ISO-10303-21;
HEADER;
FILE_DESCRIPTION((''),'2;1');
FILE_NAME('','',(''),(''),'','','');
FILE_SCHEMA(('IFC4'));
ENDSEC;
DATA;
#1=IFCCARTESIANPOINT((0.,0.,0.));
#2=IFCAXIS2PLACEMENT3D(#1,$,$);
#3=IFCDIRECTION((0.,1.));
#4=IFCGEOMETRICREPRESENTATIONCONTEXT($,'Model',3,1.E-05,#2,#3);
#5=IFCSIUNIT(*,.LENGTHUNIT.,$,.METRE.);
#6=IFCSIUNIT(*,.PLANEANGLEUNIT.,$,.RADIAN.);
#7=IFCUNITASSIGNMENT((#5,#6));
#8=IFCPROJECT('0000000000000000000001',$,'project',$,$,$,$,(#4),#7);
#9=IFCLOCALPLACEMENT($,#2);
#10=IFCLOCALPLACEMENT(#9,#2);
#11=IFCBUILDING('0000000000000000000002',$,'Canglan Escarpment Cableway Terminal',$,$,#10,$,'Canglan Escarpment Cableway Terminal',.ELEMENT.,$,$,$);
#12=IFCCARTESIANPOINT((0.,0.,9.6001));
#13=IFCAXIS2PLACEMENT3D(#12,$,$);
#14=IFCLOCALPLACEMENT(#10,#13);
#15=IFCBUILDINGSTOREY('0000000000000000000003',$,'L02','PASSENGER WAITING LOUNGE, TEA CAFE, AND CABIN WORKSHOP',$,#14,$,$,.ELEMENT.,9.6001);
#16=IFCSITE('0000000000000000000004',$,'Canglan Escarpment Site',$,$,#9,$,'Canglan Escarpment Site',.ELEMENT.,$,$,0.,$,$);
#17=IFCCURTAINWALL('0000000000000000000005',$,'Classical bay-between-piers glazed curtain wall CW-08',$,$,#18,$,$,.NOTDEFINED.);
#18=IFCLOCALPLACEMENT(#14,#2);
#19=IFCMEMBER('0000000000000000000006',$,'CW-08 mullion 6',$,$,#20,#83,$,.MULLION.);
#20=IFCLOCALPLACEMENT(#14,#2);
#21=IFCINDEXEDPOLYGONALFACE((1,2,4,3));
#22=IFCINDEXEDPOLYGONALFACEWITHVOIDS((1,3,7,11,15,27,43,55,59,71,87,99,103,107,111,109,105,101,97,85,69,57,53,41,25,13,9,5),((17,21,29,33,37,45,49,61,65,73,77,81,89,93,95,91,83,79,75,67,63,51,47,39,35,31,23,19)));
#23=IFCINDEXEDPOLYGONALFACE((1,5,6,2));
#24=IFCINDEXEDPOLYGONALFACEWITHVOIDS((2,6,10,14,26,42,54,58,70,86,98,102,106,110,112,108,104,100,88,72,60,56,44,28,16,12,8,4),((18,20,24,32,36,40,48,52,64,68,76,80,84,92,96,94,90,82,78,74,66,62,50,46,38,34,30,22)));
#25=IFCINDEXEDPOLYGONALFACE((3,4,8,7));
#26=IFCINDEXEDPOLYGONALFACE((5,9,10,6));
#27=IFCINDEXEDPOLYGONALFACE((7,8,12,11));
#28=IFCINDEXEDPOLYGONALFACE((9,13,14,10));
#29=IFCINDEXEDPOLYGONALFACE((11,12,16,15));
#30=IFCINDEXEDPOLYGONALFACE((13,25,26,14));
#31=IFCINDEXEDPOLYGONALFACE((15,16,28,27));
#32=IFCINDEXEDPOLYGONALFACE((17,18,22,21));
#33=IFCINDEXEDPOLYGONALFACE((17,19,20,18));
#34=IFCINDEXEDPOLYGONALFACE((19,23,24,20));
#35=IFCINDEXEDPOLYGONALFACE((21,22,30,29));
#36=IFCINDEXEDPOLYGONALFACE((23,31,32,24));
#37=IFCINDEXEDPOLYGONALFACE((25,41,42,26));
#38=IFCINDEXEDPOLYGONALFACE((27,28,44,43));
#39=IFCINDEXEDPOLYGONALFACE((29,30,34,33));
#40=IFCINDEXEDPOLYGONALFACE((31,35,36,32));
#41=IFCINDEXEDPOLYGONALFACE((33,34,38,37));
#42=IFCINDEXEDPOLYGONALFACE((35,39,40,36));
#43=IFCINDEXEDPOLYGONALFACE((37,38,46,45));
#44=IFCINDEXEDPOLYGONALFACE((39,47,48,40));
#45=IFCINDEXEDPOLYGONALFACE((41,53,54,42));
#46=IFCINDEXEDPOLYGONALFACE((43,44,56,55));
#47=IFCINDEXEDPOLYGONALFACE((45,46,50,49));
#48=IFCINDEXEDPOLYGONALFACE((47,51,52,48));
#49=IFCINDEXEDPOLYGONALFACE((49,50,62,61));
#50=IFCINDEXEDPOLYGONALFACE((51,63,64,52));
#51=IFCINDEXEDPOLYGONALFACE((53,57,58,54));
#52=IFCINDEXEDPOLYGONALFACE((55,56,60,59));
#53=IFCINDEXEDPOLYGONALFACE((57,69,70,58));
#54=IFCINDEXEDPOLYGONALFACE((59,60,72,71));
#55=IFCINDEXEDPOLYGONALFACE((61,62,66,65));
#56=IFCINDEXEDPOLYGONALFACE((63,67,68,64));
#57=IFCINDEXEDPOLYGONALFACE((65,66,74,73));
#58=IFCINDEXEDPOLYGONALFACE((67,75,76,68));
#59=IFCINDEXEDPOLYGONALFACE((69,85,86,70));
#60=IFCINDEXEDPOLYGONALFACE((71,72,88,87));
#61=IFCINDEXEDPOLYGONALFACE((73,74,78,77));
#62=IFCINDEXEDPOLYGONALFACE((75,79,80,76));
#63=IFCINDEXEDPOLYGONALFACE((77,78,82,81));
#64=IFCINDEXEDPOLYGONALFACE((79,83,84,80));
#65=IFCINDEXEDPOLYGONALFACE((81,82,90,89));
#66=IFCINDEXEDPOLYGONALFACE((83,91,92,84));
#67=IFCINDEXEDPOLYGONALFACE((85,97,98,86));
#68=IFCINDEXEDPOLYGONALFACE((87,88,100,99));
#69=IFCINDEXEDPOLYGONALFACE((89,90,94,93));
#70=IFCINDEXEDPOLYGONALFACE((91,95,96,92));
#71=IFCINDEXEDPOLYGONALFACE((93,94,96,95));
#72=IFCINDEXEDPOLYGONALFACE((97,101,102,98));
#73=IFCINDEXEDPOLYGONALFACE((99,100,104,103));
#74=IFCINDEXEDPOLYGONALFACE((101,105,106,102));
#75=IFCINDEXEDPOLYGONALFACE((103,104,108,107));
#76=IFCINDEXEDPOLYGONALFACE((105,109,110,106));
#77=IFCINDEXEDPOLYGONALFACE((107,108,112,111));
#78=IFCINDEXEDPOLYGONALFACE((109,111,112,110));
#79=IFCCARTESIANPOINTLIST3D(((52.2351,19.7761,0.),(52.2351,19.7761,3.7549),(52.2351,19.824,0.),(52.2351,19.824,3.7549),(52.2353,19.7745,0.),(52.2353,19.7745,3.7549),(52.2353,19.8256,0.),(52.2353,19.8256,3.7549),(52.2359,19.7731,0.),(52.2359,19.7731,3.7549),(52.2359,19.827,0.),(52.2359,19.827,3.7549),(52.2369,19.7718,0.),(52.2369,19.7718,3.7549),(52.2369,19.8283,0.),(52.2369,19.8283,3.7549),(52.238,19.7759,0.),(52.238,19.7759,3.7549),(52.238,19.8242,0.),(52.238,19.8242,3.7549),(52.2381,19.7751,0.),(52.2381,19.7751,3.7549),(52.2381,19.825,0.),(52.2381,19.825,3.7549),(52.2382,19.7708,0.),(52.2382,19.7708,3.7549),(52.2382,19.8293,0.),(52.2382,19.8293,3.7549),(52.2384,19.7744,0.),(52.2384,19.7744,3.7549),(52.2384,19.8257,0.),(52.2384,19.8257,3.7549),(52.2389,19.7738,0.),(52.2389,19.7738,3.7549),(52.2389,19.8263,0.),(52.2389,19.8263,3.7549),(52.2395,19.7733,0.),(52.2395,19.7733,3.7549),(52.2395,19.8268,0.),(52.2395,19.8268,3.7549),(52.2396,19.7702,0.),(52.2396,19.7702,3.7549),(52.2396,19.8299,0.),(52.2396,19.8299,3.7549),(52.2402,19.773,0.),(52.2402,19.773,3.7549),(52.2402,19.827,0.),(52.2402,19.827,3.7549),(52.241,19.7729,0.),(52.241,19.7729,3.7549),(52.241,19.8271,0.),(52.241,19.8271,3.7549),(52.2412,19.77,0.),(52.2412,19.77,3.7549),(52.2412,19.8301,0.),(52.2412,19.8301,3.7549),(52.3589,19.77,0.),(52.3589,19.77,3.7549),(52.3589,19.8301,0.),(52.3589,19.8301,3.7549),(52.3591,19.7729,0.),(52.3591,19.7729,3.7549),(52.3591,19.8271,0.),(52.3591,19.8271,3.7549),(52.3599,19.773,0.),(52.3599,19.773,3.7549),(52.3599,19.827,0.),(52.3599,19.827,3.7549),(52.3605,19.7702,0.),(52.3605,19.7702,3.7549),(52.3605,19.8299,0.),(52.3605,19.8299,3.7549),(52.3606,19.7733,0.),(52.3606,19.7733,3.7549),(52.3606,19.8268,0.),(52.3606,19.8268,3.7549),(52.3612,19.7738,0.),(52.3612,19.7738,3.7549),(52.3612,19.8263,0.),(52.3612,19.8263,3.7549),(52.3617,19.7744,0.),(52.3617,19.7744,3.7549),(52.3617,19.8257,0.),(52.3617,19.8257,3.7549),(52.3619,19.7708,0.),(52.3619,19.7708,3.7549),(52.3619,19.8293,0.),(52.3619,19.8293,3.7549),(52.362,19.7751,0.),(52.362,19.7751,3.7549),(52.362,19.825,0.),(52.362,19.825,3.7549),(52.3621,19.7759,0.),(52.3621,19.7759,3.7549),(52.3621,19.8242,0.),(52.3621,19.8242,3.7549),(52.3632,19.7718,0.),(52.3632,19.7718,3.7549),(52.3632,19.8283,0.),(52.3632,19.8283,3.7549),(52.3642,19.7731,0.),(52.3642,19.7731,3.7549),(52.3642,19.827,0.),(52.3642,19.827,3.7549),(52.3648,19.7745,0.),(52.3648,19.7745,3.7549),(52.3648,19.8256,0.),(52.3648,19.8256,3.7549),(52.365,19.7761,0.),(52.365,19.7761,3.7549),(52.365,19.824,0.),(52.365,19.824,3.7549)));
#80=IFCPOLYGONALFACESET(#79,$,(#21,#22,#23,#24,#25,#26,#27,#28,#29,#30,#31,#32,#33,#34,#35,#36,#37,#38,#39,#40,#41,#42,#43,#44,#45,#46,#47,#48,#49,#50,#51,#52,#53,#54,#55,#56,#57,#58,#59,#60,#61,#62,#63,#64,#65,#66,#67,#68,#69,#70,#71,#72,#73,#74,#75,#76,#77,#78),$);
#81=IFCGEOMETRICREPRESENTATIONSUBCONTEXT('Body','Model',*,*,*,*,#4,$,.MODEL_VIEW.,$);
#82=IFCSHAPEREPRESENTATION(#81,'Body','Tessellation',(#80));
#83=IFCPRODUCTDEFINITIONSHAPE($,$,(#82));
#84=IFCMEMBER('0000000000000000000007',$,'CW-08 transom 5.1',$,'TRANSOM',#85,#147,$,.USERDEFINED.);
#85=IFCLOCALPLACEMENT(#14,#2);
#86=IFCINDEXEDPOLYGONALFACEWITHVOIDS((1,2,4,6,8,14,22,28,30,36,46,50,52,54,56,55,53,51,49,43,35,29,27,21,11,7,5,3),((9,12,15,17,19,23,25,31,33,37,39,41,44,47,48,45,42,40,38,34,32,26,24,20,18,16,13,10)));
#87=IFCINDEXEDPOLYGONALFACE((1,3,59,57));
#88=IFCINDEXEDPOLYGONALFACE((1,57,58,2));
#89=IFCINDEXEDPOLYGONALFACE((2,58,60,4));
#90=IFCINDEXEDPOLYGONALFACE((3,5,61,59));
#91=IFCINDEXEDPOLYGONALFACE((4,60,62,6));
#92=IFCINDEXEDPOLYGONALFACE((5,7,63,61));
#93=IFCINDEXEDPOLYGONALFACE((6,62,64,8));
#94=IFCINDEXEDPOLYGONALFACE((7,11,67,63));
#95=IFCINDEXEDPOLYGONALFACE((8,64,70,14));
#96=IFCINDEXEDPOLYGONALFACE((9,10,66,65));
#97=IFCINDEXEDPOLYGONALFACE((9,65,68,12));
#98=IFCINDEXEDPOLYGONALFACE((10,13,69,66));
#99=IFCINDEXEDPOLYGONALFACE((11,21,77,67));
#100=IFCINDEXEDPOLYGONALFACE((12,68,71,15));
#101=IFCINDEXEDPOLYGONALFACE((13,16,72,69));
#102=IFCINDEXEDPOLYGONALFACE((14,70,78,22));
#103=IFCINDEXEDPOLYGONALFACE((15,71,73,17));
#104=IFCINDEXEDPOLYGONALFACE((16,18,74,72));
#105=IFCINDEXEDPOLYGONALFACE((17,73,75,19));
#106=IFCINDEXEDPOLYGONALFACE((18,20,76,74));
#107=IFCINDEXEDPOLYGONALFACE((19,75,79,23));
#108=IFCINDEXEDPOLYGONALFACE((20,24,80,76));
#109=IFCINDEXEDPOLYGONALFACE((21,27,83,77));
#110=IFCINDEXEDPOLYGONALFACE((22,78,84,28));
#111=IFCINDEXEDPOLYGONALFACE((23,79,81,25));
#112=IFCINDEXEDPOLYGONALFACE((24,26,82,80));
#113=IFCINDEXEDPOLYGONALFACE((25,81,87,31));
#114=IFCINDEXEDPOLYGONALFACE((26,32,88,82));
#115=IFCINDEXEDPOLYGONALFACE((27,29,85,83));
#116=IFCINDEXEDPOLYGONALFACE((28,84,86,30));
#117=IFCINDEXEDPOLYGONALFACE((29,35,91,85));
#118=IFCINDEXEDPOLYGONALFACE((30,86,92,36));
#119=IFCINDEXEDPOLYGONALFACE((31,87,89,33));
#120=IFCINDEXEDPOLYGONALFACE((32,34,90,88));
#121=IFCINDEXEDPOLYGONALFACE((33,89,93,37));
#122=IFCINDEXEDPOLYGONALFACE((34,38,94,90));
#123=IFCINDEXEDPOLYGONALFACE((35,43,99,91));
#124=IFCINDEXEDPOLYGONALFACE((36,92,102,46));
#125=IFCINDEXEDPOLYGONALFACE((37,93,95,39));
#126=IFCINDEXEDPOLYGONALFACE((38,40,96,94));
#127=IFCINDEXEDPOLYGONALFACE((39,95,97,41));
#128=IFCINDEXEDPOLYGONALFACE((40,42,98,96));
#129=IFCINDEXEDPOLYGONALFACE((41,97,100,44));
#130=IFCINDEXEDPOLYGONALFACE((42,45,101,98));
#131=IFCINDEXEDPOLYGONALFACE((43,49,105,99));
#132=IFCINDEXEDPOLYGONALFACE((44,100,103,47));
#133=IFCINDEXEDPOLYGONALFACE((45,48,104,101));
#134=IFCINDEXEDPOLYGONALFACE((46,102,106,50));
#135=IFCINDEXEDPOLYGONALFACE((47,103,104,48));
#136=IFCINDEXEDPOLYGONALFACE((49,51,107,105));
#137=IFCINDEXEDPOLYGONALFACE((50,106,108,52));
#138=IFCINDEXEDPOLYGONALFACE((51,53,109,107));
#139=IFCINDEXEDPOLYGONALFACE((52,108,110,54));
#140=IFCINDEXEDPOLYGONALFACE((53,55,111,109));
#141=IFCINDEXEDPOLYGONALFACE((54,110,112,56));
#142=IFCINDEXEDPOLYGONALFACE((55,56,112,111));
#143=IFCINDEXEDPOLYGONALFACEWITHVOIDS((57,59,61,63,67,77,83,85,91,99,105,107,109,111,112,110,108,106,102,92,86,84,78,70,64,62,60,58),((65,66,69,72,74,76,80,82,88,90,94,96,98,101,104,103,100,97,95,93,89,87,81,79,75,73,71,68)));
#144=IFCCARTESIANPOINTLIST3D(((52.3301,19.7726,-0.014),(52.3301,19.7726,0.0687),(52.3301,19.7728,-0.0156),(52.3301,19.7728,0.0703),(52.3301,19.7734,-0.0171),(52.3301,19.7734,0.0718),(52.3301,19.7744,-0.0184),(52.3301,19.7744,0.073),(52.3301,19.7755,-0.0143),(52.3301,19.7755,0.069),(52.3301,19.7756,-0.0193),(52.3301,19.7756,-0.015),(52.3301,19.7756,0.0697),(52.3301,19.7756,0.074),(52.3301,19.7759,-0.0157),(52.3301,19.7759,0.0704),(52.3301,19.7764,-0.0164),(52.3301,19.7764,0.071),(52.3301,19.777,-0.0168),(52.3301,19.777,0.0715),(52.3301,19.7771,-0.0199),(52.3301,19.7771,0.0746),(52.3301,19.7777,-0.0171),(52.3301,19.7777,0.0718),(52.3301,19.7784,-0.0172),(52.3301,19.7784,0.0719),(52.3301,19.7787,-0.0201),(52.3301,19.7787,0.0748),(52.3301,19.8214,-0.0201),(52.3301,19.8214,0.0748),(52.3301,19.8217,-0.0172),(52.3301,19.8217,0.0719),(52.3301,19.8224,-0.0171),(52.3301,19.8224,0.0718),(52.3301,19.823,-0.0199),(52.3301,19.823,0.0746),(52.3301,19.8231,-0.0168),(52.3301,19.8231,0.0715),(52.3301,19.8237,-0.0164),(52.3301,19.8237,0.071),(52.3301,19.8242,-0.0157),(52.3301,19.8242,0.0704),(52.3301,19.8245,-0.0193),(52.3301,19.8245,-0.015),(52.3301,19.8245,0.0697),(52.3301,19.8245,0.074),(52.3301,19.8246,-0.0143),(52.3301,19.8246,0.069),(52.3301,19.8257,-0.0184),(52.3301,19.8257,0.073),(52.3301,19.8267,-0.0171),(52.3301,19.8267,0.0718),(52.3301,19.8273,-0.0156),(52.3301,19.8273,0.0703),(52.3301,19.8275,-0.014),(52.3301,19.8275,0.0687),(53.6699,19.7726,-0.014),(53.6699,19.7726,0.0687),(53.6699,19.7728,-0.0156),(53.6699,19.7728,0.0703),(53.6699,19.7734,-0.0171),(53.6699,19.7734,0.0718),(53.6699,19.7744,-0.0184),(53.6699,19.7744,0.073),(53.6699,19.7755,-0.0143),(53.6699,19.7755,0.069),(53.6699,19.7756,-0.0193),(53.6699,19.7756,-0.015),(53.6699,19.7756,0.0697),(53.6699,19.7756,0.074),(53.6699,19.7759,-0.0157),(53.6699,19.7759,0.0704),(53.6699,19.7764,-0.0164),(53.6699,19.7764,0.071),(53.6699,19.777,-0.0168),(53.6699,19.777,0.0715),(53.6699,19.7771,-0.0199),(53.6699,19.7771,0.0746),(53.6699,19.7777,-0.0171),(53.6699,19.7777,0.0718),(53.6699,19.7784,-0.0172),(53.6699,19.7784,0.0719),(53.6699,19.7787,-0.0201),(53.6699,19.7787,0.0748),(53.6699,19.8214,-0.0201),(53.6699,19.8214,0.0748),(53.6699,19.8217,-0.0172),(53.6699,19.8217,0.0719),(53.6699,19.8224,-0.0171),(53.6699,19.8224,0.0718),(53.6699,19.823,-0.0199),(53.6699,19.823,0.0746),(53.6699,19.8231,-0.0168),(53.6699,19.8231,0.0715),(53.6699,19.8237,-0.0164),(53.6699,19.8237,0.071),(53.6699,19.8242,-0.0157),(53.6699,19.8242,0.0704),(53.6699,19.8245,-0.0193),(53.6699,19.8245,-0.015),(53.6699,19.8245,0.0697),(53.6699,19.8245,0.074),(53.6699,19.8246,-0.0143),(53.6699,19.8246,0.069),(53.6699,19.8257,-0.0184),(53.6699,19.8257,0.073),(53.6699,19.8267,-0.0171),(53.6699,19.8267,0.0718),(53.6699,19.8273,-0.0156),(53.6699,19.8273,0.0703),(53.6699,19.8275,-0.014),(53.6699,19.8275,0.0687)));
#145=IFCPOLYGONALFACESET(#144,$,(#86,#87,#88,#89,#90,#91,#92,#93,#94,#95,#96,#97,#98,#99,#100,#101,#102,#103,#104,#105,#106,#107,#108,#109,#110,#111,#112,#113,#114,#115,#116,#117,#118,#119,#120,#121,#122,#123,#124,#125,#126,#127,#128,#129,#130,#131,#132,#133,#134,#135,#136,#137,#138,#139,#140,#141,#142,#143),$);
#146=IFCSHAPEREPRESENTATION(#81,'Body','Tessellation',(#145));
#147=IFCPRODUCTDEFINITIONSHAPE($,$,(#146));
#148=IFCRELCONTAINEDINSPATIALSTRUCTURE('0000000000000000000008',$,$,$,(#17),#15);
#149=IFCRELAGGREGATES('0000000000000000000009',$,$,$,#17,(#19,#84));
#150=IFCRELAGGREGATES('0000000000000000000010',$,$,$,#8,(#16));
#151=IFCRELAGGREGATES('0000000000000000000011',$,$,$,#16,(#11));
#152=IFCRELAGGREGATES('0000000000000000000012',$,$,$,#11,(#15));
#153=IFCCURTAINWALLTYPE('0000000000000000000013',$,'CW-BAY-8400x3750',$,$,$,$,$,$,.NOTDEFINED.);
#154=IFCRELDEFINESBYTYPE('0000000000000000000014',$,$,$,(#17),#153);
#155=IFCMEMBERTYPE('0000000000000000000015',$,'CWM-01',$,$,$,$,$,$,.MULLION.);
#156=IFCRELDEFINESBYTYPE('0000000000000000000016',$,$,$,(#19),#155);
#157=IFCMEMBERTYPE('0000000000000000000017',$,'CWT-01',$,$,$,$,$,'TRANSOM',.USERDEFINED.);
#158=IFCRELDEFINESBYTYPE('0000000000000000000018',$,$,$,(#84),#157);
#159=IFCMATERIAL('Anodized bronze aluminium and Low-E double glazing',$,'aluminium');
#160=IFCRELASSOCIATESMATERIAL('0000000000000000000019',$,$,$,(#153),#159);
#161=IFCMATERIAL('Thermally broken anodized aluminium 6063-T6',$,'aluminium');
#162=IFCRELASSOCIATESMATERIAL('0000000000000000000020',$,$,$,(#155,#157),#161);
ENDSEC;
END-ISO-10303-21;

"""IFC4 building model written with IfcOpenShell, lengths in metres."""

from ifc_helpers import new_model, si_unit, direction, frame, origin, origin_2d, place, context, subcontext, project, spatial, hollow_rectangle, extrude, material, material_profile, profile_set, type_object, element, aggregate, save


model = new_model("IFC4")

# Units and contexts
model_context = context("Model", 3, precision=1e-05, world=origin(), true_north=direction((0.0, 1.0)))
body_context = subcontext(model_context, "Body", "Model", "MODEL_VIEW")
ifc_project = project(units=[si_unit("LENGTHUNIT", "METRE"), si_unit("PLANEANGLEUNIT", "RADIAN")], contexts=[model_context])

# Site, building, storey
site_placement = place(None, origin())
site = spatial("IfcSite", under=ifc_project, at=site_placement, Name="Canglan Escarpment Site", LongName="Canglan Escarpment Site", CompositionType="ELEMENT", RefElevation=0.0)
building_placement = place(site_placement, origin())
building = spatial("IfcBuilding", under=site, at=building_placement, Name="Canglan Escarpment Cableway Terminal", LongName="Canglan Escarpment Cableway Terminal", CompositionType="ELEMENT")
storey_placement = place(building_placement, frame((0.0, 0.0, 9.6001)))
storey = spatial("IfcBuildingStorey", under=building, at=storey_placement, Name="L02", Description="PASSENGER WAITING LOUNGE, TEA CAFE, AND CABIN WORKSHOP", CompositionType="ELEMENT", Elevation=9.6001)

# Curtain wall, members
ifc_material_1 = material(Name="Anodized bronze aluminium and Low-E double glazing", Category="aluminium")
curtain_wall_type = type_object("IfcCurtainWallType", Name="CW-BAY-8400x3750", PredefinedType="NOTDEFINED", material=ifc_material_1)
curtain_wall_placement = place(storey_placement, origin())
curtain_wall = element("IfcCurtainWall", 1, at=curtain_wall_placement, inside=storey, type_object=curtain_wall_type, Name="Classical bay-between-piers glazed curtain wall CW-08", PredefinedType="NOTDEFINED")
ifc_material_2 = material(Name="Thermally broken anodized aluminium 6063-T6", Category="aluminium")
ifc_material_profile_1 = material_profile(ifc_material_2, hollow_rectangle(XDim=0.0601, YDim=0.1299, WallThickness=0.0029, InnerFilletRadius=0.0029, OuterFilletRadius=0.0061, at=origin_2d()), Name="ALU-MULL 60x130x3")
ifc_profile_set_1 = profile_set([ifc_material_profile_1], Name="Thermally broken anodized aluminium 6063-T6")
member_type_1 = type_object("IfcMemberType", Name="CWM-01", PredefinedType="MULLION", material=ifc_profile_set_1)
member_1_placement = place(storey_placement, frame((52.3, 19.8, 0.0), z_axis=(0.0, 0.0, 1.0), x_axis=(0.0, -1.0, 0.0)))
member_1 = element("IfcMember", 2, at=member_1_placement, type_object=member_type_1, Name="CW-08 mullion 6", PredefinedType="MULLION", context=body_context, shape_type="SweptSolid", body=[
    extrude(hollow_rectangle(XDim=0.0601, YDim=0.1299, WallThickness=0.0029, InnerFilletRadius=0.0029, OuterFilletRadius=0.0061, at=origin_2d()), origin(), (0.0, 0.0, 1.0), 3.7549),
])
ifc_material_profile_2 = material_profile(ifc_material_2, hollow_rectangle(XDim=0.0549, YDim=0.095, WallThickness=0.0029, InnerFilletRadius=0.0029, OuterFilletRadius=0.0061, at=origin_2d()), Name="ALU-TRAN 55x95x3")
ifc_profile_set_2 = profile_set([ifc_material_profile_2], Name="Thermally broken anodized aluminium 6063-T6")
member_type_2 = type_object("IfcMemberType", Name="CWT-01", ElementType="TRANSOM", PredefinedType="USERDEFINED", material=ifc_profile_set_2)
member_2_placement = place(storey_placement, frame((53.6699, 19.8, 0.0273), z_axis=(-1.0, 0.0, 0.0), x_axis=(0.0, -1.0, 0.0)))
member_2 = element("IfcMember", 3, at=member_2_placement, type_object=member_type_2, Name="CW-08 transom 5.1", ObjectType="TRANSOM", PredefinedType="USERDEFINED", context=body_context, shape_type="SweptSolid", body=[
    extrude(hollow_rectangle(XDim=0.0549, YDim=0.095, WallThickness=0.0029, InnerFilletRadius=0.0029, OuterFilletRadius=0.0061, at=origin_2d()), origin(), (0.0, 0.0, 1.0), 1.3398),
])

aggregate(curtain_wall, [member_1, member_2])

save(model, "model.ifc")
